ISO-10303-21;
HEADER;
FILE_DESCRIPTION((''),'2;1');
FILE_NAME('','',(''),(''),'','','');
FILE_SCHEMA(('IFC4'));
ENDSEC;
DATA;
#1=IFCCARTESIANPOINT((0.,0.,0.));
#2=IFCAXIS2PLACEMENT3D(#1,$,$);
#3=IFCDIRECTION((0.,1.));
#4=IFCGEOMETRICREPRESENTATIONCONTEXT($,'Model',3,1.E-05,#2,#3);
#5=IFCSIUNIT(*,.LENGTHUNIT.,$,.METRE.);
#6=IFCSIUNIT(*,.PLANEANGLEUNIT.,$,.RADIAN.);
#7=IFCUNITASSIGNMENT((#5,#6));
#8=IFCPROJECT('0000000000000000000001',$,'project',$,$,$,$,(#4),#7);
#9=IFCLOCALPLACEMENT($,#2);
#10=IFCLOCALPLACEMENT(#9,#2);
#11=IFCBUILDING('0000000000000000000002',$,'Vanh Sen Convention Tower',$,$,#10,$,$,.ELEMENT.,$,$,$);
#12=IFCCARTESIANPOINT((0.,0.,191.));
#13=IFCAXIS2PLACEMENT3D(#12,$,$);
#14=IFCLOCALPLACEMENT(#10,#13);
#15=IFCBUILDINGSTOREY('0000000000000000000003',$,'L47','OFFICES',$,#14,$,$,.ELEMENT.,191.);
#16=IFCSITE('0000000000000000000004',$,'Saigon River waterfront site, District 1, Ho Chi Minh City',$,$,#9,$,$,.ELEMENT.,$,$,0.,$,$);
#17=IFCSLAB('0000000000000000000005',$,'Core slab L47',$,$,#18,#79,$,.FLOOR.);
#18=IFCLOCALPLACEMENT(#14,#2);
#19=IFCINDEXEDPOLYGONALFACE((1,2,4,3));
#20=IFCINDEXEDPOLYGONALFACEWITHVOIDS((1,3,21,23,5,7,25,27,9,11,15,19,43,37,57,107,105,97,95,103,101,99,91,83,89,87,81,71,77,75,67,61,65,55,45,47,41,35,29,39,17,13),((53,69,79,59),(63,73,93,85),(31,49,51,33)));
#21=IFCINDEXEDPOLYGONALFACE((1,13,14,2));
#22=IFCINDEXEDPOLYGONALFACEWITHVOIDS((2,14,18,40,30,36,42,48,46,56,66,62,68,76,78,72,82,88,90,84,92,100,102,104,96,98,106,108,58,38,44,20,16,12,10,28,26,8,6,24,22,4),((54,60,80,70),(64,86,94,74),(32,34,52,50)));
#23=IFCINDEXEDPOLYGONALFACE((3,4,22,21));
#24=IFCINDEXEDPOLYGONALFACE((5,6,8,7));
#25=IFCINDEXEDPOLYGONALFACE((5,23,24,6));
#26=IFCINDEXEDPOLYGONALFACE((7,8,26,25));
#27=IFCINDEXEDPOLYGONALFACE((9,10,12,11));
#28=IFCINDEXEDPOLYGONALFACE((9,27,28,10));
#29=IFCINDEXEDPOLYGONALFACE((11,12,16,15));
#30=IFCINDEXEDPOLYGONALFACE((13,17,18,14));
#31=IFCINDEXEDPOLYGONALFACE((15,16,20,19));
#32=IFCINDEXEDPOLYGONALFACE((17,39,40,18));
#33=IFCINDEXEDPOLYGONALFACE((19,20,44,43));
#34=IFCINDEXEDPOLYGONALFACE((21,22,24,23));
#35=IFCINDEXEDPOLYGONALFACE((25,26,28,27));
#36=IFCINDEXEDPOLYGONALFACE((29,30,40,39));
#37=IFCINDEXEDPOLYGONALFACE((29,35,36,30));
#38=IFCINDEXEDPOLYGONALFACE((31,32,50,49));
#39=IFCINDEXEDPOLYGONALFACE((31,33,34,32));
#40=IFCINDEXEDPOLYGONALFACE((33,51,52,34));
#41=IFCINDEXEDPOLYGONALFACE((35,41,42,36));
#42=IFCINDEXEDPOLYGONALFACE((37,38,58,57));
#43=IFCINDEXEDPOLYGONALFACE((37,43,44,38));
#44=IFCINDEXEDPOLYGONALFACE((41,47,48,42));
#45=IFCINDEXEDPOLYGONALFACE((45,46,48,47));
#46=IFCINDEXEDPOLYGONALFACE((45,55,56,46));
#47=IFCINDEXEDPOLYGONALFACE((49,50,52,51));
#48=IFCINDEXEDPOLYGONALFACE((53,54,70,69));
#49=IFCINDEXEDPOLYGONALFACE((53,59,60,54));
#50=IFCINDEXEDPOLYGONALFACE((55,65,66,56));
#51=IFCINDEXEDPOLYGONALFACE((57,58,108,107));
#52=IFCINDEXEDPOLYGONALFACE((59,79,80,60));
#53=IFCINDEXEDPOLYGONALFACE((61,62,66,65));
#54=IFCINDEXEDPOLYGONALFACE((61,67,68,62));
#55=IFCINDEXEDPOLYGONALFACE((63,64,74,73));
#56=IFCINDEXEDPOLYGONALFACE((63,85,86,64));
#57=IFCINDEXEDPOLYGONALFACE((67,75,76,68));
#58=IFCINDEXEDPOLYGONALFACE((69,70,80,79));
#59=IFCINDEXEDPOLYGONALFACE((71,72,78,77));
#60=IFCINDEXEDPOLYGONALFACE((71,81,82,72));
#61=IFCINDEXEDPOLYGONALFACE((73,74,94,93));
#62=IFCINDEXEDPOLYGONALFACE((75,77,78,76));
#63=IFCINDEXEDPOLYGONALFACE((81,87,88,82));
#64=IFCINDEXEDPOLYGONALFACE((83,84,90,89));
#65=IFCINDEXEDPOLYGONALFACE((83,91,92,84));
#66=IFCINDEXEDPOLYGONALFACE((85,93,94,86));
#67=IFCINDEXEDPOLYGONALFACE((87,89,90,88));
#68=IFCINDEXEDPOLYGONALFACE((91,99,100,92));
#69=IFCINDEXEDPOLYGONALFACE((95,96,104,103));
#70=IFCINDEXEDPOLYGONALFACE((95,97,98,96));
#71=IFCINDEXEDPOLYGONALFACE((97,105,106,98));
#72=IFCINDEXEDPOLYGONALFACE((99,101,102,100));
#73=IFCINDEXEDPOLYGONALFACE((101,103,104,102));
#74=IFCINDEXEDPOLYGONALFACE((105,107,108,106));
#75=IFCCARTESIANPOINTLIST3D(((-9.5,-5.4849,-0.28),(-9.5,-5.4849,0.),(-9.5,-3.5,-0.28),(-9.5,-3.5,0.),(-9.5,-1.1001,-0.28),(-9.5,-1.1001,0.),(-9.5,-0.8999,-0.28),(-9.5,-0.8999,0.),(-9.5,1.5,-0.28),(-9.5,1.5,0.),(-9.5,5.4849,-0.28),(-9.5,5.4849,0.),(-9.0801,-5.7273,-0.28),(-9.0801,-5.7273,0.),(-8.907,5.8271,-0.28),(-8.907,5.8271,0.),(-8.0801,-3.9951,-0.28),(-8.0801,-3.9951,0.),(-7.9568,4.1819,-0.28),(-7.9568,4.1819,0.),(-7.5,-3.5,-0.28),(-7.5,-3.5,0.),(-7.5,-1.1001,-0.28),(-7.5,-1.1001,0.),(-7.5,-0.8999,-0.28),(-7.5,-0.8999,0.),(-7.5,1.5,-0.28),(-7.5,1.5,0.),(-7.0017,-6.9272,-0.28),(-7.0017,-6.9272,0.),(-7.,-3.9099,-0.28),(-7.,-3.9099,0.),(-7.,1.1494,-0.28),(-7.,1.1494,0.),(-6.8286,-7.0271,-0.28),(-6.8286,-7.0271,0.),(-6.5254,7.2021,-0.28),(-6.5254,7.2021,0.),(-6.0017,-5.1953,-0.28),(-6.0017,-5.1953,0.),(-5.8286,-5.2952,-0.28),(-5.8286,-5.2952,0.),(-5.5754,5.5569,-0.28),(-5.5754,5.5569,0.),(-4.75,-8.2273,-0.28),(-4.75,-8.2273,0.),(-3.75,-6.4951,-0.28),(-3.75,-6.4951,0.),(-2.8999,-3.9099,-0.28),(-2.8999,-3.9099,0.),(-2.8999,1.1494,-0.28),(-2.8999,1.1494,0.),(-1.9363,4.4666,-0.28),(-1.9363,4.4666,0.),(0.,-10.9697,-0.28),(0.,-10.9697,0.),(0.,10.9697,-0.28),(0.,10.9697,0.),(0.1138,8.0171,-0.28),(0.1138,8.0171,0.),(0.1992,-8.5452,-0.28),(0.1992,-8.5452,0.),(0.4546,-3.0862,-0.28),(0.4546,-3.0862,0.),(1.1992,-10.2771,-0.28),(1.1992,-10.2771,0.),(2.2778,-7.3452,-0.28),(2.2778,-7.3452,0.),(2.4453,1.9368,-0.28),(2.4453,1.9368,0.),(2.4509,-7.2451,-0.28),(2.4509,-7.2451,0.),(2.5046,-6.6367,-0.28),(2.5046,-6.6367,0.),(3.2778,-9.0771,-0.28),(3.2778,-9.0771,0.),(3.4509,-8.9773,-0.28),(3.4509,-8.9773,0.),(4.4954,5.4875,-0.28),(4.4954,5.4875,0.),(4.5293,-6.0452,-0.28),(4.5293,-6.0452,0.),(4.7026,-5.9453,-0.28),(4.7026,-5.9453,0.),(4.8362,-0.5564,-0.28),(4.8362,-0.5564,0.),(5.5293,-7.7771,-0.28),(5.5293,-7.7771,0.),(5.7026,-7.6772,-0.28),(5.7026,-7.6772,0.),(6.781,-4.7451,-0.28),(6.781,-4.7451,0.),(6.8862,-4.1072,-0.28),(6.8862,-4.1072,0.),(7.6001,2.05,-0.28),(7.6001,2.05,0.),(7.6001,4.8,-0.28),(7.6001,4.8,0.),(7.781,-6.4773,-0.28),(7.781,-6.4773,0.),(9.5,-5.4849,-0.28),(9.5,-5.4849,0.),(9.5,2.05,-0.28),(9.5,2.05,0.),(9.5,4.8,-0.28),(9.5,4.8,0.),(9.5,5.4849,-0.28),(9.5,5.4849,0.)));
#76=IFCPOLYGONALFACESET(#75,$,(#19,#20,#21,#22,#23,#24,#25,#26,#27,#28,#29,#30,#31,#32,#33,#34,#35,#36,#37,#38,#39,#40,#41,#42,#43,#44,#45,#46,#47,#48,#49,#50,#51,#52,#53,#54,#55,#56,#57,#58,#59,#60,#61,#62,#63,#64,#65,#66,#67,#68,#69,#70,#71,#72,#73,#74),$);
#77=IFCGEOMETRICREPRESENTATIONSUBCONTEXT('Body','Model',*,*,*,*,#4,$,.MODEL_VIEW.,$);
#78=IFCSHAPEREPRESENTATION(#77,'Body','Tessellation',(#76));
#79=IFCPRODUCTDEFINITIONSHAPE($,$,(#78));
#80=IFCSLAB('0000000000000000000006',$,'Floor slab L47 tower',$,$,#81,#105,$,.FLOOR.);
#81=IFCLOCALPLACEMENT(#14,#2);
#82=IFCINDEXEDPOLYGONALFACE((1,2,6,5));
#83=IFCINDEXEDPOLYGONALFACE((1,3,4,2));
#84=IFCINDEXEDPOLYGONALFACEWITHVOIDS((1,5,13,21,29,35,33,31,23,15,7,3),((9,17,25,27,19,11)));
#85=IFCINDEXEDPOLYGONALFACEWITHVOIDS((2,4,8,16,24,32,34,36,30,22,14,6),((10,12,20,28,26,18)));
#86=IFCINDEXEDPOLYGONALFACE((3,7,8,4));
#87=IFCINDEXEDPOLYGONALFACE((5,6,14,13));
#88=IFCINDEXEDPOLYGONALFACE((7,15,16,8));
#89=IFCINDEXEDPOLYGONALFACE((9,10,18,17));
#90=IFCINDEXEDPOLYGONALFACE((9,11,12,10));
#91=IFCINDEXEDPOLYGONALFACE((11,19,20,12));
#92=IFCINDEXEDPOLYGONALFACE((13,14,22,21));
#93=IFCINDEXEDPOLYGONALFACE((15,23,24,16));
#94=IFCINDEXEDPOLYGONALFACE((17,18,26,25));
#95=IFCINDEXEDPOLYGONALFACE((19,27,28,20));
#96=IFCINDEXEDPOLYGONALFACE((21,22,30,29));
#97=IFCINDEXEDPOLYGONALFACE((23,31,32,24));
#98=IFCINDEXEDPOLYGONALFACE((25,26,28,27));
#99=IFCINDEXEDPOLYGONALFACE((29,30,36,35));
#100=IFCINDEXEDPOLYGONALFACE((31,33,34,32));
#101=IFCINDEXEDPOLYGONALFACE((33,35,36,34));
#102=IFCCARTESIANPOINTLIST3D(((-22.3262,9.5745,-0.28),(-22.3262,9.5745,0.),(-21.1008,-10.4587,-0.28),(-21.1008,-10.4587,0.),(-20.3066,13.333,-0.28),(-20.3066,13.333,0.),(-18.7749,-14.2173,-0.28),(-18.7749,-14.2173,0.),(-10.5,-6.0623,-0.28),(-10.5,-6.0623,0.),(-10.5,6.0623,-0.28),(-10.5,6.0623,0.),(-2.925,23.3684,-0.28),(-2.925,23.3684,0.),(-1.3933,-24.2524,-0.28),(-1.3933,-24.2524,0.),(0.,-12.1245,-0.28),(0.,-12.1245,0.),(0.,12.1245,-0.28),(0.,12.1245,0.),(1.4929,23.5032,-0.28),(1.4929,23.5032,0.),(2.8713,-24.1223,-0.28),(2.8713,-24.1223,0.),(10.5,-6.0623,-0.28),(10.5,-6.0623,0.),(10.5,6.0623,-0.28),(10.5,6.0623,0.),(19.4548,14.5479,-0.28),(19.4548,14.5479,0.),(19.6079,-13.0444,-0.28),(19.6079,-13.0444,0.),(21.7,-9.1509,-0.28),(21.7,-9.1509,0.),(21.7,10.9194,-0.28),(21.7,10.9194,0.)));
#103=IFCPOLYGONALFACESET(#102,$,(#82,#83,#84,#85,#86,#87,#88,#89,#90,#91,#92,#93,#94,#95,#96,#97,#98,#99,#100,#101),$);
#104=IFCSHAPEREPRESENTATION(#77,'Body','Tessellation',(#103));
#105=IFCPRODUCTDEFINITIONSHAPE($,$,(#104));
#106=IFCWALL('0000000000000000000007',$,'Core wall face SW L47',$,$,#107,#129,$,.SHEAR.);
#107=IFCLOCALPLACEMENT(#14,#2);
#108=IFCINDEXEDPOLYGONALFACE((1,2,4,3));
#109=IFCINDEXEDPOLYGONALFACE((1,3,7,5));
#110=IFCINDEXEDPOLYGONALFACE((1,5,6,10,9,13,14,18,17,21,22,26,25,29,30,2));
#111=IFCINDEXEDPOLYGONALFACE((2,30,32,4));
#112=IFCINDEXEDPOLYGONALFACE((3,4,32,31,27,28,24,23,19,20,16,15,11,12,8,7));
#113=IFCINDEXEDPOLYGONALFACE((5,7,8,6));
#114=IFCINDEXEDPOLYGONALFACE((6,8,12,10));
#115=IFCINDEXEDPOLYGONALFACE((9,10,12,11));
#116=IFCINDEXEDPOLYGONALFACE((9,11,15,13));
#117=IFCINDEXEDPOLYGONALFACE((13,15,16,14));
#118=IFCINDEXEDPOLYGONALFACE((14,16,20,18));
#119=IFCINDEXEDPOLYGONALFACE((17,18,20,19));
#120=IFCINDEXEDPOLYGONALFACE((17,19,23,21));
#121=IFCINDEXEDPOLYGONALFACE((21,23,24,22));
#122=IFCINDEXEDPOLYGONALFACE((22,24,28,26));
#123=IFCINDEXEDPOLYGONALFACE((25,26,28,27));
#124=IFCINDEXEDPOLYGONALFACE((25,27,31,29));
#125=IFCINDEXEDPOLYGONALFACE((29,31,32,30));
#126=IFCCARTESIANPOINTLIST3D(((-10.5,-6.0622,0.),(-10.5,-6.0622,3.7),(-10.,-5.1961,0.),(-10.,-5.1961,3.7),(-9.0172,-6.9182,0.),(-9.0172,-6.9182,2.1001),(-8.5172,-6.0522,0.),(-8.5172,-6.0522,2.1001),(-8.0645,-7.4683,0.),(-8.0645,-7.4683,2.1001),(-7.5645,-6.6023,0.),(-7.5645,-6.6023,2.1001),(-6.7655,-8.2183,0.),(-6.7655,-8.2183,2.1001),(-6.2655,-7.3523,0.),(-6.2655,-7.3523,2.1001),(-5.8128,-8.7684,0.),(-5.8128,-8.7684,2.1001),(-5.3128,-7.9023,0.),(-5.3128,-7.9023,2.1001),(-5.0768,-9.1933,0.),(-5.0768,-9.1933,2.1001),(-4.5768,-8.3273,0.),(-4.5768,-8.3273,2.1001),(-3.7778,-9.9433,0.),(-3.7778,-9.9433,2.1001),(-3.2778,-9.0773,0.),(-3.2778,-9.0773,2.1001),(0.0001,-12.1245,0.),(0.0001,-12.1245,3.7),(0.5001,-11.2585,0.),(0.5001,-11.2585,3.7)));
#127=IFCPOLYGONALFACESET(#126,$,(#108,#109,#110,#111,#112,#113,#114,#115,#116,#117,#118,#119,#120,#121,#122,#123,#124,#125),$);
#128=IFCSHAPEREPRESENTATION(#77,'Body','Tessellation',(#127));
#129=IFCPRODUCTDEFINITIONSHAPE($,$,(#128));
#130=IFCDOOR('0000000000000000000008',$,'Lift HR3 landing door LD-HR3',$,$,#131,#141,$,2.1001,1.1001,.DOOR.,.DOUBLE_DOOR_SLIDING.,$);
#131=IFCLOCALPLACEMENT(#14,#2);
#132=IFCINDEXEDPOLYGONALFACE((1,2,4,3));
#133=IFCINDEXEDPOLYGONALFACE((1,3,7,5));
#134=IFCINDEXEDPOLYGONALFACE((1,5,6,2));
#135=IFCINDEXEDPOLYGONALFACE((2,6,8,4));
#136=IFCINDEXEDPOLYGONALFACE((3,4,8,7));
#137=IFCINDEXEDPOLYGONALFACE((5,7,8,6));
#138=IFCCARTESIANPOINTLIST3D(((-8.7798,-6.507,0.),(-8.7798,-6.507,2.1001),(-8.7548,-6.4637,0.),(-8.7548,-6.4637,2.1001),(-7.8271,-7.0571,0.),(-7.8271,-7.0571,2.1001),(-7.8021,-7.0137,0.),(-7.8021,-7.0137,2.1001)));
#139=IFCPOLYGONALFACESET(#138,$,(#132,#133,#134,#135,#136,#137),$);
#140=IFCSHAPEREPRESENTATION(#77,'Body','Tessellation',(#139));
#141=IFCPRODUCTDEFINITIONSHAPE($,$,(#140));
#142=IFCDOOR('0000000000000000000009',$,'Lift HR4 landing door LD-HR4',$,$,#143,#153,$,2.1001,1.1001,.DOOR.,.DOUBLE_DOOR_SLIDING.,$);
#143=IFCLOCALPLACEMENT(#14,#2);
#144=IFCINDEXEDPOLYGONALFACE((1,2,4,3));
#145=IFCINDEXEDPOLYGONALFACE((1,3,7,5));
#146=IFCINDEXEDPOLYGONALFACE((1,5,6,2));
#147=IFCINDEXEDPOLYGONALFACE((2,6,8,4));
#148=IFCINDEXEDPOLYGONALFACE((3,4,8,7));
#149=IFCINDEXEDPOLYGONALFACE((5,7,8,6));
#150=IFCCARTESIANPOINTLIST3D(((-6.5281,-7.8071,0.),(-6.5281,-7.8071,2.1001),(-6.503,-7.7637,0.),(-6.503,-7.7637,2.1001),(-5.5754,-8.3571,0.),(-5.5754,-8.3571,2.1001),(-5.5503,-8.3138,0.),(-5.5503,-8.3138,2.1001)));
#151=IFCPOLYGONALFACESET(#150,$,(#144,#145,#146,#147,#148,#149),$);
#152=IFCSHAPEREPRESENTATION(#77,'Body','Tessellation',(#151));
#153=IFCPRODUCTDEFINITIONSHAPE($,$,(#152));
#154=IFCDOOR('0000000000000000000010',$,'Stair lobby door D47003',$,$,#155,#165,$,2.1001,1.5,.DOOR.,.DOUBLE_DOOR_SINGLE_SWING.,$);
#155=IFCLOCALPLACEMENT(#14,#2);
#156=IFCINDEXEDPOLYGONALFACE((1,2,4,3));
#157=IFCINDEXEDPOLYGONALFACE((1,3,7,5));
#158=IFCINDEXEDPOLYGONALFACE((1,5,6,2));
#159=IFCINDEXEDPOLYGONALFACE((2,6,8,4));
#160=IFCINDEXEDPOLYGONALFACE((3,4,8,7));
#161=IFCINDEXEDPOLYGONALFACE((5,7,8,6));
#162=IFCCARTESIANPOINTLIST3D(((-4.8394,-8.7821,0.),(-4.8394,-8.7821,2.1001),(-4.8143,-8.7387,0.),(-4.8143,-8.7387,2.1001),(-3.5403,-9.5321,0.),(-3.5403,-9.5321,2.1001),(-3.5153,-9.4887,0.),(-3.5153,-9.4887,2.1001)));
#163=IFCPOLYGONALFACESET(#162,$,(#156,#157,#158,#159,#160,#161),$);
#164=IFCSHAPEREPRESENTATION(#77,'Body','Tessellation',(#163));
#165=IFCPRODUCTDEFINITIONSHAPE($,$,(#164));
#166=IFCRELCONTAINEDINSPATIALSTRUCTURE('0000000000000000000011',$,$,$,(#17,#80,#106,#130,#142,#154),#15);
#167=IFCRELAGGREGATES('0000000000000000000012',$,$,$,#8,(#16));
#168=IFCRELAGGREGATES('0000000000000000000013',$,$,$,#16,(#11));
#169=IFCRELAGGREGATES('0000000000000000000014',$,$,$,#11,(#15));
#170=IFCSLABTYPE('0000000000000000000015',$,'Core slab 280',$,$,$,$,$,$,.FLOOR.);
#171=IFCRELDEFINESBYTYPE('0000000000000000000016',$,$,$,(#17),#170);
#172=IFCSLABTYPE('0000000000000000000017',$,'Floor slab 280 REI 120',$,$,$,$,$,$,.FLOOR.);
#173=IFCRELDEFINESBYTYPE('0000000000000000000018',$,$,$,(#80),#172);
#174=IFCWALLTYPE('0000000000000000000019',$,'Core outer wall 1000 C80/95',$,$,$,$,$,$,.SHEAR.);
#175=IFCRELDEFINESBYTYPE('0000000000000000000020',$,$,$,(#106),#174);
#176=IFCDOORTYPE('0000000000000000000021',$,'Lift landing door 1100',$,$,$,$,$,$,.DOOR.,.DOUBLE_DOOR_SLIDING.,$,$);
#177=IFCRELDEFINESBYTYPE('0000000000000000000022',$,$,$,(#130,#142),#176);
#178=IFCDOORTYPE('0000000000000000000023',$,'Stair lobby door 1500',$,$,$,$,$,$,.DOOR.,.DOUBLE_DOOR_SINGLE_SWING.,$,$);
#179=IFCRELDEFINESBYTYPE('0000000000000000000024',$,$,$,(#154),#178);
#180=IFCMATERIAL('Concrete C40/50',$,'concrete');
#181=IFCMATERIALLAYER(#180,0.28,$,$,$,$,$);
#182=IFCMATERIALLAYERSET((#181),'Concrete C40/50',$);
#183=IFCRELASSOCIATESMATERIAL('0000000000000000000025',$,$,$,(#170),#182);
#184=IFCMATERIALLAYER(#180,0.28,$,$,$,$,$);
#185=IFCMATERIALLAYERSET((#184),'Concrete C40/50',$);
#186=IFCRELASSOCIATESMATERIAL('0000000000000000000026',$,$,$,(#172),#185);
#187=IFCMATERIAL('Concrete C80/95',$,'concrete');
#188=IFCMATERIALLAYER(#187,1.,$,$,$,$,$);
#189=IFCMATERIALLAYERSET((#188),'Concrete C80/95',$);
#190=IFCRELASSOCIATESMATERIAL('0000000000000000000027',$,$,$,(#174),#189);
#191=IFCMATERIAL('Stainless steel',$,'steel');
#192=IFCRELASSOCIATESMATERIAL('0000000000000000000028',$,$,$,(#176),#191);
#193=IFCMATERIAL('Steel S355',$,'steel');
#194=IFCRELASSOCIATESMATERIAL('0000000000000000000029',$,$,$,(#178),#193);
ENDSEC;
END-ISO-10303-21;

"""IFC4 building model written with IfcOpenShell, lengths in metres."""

from ifc_helpers import new_model, si_unit, direction, frame, frame_2d, origin, place, context, subcontext, project, spatial, polyline, rectangle, outline, extrude, material, layer, layer_set, type_object, element, fill, save


model = new_model("IFC4")

# Units and contexts
model_context = context("Model", 3, precision=1e-05, world=origin(), true_north=direction((0.0, 1.0)))
body_context = subcontext(model_context, "Body", "Model", "MODEL_VIEW")
ifc_project = project(units=[si_unit("LENGTHUNIT", "METRE"), si_unit("PLANEANGLEUNIT", "RADIAN")], contexts=[model_context])

# Site, building, storey
site_placement = place(None, origin())
site = spatial("IfcSite", under=ifc_project, at=site_placement, Name="Saigon River waterfront site, District 1, Ho Chi Minh City", CompositionType="ELEMENT", RefElevation=0.0)
building_placement = place(site_placement, origin())
building = spatial("IfcBuilding", under=site, at=building_placement, Name="Vanh Sen Convention Tower", CompositionType="ELEMENT")
storey_placement = place(building_placement, frame((0.0, 0.0, 191.0)))
storey = spatial("IfcBuildingStorey", under=building, at=storey_placement, Name="L47", Description="OFFICES", CompositionType="ELEMENT", Elevation=191.0)

# Slabs
ifc_material_1 = material(Name="Concrete C40/50", Category="concrete")
ifc_layer_1 = layer(ifc_material_1, 0.28)
ifc_layer_set_1 = layer_set([ifc_layer_1], Name="Concrete C40/50")
slab_type_1 = type_object("IfcSlabType", Name="Core slab 280", PredefinedType="FLOOR", material=ifc_layer_set_1)
slab_1_placement = place(storey_placement, frame((0.0, 0.0, -0.28)))
element("IfcSlab", 1, at=slab_1_placement, inside=storey, type_object=slab_type_1, Name="Core slab L47", PredefinedType="FLOOR", context=body_context, shape_type="SweptSolid", body=[
    extrude(outline(polyline([(0.0, 10.9697), (9.5, 5.4849), (9.5, 4.8), (7.6001, 4.8), (7.6001, 2.05), (9.5, 2.05), (9.5, -5.4849), (7.781, -6.4773), (6.781, -4.7451), (4.7026, -5.9453), (5.7026, -7.6772), (5.5293, -7.7771), (4.5293, -6.0452), (2.4509, -7.2451), (3.4509, -8.9773), (3.2778, -9.0771), (2.2778, -7.3452), (0.1992, -8.5452), (1.1992, -10.2771), (0.0, -10.9697), (-4.75, -8.2273), (-3.75, -6.4951), (-5.8286, -5.2952), (-6.8286, -7.0271), (-7.0017, -6.9272), (-6.0017, -5.1953), (-8.0801, -3.9951), (-9.0801, -5.7273), (-9.5, -5.4849), (-9.5, -3.5), (-7.5, -3.5), (-7.5, -1.1001), (-9.5, -1.1001), (-9.5, -0.8999), (-7.5, -0.8999), (-7.5, 1.5), (-9.5, 1.5), (-9.5, 5.4849), (-8.907, 5.8271), (-7.9568, 4.1819), (-5.5754, 5.5569), (-6.5254, 7.2021), (0.0, 10.9697)]), holes=[polyline([(-7.0, 1.1494), (-7.0, -3.9099), (-2.8999, -3.9099), (-2.8999, 1.1494), (-7.0, 1.1494)]), polyline([(2.5046, -6.6367), (6.8862, -4.1072), (4.8362, -0.5564), (0.4546, -3.0862), (2.5046, -6.6367)]), polyline([(0.1138, 8.0171), (-1.9363, 4.4666), (2.4453, 1.9368), (4.4954, 5.4875), (0.1138, 8.0171)])]), origin(), (0.0, 0.0, 1.0), 0.28),
])
ifc_layer_2 = layer(ifc_material_1, 0.28)
ifc_layer_set_2 = layer_set([ifc_layer_2], Name="Concrete C40/50")
slab_type_2 = type_object("IfcSlabType", Name="Floor slab 280 REI 120", PredefinedType="FLOOR", material=ifc_layer_set_2)
slab_2_placement = place(storey_placement, frame((0.0, 0.0, -0.28)))
element("IfcSlab", 2, at=slab_2_placement, inside=storey, type_object=slab_type_2, Name="Floor slab L47 tower", PredefinedType="FLOOR", context=body_context, shape_type="SweptSolid", body=[
    extrude(outline(polyline([(21.7, -9.1509), (21.7, 10.9194), (19.4548, 14.5479), (1.4929, 23.5032), (-2.925, 23.3684), (-20.3066, 13.333), (-22.3262, 9.5745), (-21.1008, -10.4587), (-18.7749, -14.2173), (-1.3933, -24.2524), (2.8713, -24.1223), (19.6079, -13.0444), (21.7, -9.1509)]), holes=[polyline([(0.0, 12.1245), (-10.5, 6.0623), (-10.5, -6.0623), (0.0, -12.1245), (10.5, -6.0623), (10.5, 6.0623), (0.0, 12.1245)])]), origin(), (0.0, 0.0, 1.0), 0.28),
])

# Wall, openings, doors
ifc_material_2 = material(Name="Concrete C80/95", Category="concrete")
ifc_layer_3 = layer(ifc_material_2, 1.0)
ifc_layer_set_3 = layer_set([ifc_layer_3], Name="Concrete C80/95")
wall_type_1 = type_object("IfcWallType", Name="Core outer wall 1000 C80/95", PredefinedType="SHEAR", material=ifc_layer_set_3)
wall_1_placement = place(storey_placement, frame((-10.25, -5.6292, 0.0), z_axis=(0.0, 0.0, 1.0), x_axis=(0.866023, -0.500005, 0.0)))
wall_1 = element("IfcWall", 3, at=wall_1_placement, inside=storey, type_object=wall_type_1, Name="Core wall face SW L47", PredefinedType="SHEAR", context=body_context, shape_type="SweptSolid", body=[
    extrude(rectangle(XDim=12.1245, YDim=1.0, at=frame_2d((6.0623, 0.0))), origin(), (0.0, 0.0, 1.0), 3.7),
])
opening_1_placement = place(wall_1_placement, frame((6.2622, 0.0, 0.0)))
opening_1 = element("IfcOpeningElement", 4, at=opening_1_placement, cuts=wall_1, PredefinedType="OPENING", context=body_context, shape_type="SweptSolid", body=[
    extrude(rectangle(XDim=1.5, YDim=2.1001, at=frame_2d((0.75, 1.05))), frame((0.0, 0.51, 0.0), z_axis=(0.0, -1.0, 0.0), x_axis=(1.0, 0.0, 0.0)), (0.0, 0.0, 1.0), 1.02),
])
opening_2_placement = place(wall_1_placement, frame((1.7122, 0.0, 0.0)))
opening_2 = element("IfcOpeningElement", 5, at=opening_2_placement, cuts=wall_1, PredefinedType="OPENING", context=body_context, shape_type="SweptSolid", body=[
    extrude(rectangle(XDim=1.1001, YDim=2.1001, at=frame_2d((0.55, 1.05))), frame((0.0, 0.51, 0.0), z_axis=(0.0, -1.0, 0.0), x_axis=(1.0, 0.0, 0.0)), (0.0, 0.0, 1.0), 1.02),
])
opening_3_placement = place(wall_1_placement, frame((4.3123, 0.0, 0.0)))
opening_3 = element("IfcOpeningElement", 6, at=opening_3_placement, cuts=wall_1, PredefinedType="OPENING", context=body_context, shape_type="SweptSolid", body=[
    extrude(rectangle(XDim=1.1001, YDim=2.1001, at=frame_2d((0.55, 1.05))), frame((0.0, 0.51, 0.0), z_axis=(0.0, -1.0, 0.0), x_axis=(1.0, 0.0, 0.0)), (0.0, 0.0, 1.0), 1.02),
])
ifc_material_3 = material(Name="Stainless steel", Category="steel")
door_type_1 = type_object("IfcDoorType", Name="Lift landing door 1100", OperationType="DOUBLE_DOOR_SLIDING", PredefinedType="DOOR", material=ifc_material_3)
door_1_placement = place(opening_2_placement, origin())
door_1 = element("IfcDoor", 7, at=door_1_placement, inside=storey, type_object=door_type_1, Name="Lift HR3 landing door LD-HR3", OperationType="DOUBLE_DOOR_SLIDING", OverallHeight=2.1001, OverallWidth=1.1001, PredefinedType="DOOR", context=body_context, shape_type="SweptSolid", body=[
    extrude(rectangle(XDim=1.1001, YDim=2.1001, at=frame_2d((0.55, 1.05))), frame((0.0, 0.0249, 0.0), z_axis=(0.0, -1.0, 0.0), x_axis=(1.0, 0.0, 0.0)), (0.0, 0.0, 1.0), 0.05),
])
fill(opening_2, door_1)
door_2_placement = place(opening_3_placement, origin())
door_2 = element("IfcDoor", 8, at=door_2_placement, inside=storey, type_object=door_type_1, Name="Lift HR4 landing door LD-HR4", OperationType="DOUBLE_DOOR_SLIDING", OverallHeight=2.1001, OverallWidth=1.1001, PredefinedType="DOOR", context=body_context, shape_type="SweptSolid", body=[
    extrude(rectangle(XDim=1.1001, YDim=2.1001, at=frame_2d((0.55, 1.05))), frame((0.0, 0.0249, 0.0), z_axis=(0.0, -1.0, 0.0), x_axis=(1.0, 0.0, 0.0)), (0.0, 0.0, 1.0), 0.05),
])
fill(opening_3, door_2)
ifc_material_4 = material(Name="Steel S355", Category="steel")
door_type_2 = type_object("IfcDoorType", Name="Stair lobby door 1500", OperationType="DOUBLE_DOOR_SINGLE_SWING", PredefinedType="DOOR", material=ifc_material_4)
door_3_placement = place(opening_1_placement, origin())
door_3 = element("IfcDoor", 9, at=door_3_placement, inside=storey, type_object=door_type_2, Name="Stair lobby door D47003", OperationType="DOUBLE_DOOR_SINGLE_SWING", OverallHeight=2.1001, OverallWidth=1.5, PredefinedType="DOOR", context=body_context, shape_type="SweptSolid", body=[
    extrude(rectangle(XDim=1.5, YDim=2.1001, at=frame_2d((0.75, 1.05))), frame((0.0, 0.0249, 0.0), z_axis=(0.0, -1.0, 0.0), x_axis=(1.0, 0.0, 0.0)), (0.0, 0.0, 1.0), 0.05),
])
fill(opening_1, door_3)

save(model, "model.ifc")
